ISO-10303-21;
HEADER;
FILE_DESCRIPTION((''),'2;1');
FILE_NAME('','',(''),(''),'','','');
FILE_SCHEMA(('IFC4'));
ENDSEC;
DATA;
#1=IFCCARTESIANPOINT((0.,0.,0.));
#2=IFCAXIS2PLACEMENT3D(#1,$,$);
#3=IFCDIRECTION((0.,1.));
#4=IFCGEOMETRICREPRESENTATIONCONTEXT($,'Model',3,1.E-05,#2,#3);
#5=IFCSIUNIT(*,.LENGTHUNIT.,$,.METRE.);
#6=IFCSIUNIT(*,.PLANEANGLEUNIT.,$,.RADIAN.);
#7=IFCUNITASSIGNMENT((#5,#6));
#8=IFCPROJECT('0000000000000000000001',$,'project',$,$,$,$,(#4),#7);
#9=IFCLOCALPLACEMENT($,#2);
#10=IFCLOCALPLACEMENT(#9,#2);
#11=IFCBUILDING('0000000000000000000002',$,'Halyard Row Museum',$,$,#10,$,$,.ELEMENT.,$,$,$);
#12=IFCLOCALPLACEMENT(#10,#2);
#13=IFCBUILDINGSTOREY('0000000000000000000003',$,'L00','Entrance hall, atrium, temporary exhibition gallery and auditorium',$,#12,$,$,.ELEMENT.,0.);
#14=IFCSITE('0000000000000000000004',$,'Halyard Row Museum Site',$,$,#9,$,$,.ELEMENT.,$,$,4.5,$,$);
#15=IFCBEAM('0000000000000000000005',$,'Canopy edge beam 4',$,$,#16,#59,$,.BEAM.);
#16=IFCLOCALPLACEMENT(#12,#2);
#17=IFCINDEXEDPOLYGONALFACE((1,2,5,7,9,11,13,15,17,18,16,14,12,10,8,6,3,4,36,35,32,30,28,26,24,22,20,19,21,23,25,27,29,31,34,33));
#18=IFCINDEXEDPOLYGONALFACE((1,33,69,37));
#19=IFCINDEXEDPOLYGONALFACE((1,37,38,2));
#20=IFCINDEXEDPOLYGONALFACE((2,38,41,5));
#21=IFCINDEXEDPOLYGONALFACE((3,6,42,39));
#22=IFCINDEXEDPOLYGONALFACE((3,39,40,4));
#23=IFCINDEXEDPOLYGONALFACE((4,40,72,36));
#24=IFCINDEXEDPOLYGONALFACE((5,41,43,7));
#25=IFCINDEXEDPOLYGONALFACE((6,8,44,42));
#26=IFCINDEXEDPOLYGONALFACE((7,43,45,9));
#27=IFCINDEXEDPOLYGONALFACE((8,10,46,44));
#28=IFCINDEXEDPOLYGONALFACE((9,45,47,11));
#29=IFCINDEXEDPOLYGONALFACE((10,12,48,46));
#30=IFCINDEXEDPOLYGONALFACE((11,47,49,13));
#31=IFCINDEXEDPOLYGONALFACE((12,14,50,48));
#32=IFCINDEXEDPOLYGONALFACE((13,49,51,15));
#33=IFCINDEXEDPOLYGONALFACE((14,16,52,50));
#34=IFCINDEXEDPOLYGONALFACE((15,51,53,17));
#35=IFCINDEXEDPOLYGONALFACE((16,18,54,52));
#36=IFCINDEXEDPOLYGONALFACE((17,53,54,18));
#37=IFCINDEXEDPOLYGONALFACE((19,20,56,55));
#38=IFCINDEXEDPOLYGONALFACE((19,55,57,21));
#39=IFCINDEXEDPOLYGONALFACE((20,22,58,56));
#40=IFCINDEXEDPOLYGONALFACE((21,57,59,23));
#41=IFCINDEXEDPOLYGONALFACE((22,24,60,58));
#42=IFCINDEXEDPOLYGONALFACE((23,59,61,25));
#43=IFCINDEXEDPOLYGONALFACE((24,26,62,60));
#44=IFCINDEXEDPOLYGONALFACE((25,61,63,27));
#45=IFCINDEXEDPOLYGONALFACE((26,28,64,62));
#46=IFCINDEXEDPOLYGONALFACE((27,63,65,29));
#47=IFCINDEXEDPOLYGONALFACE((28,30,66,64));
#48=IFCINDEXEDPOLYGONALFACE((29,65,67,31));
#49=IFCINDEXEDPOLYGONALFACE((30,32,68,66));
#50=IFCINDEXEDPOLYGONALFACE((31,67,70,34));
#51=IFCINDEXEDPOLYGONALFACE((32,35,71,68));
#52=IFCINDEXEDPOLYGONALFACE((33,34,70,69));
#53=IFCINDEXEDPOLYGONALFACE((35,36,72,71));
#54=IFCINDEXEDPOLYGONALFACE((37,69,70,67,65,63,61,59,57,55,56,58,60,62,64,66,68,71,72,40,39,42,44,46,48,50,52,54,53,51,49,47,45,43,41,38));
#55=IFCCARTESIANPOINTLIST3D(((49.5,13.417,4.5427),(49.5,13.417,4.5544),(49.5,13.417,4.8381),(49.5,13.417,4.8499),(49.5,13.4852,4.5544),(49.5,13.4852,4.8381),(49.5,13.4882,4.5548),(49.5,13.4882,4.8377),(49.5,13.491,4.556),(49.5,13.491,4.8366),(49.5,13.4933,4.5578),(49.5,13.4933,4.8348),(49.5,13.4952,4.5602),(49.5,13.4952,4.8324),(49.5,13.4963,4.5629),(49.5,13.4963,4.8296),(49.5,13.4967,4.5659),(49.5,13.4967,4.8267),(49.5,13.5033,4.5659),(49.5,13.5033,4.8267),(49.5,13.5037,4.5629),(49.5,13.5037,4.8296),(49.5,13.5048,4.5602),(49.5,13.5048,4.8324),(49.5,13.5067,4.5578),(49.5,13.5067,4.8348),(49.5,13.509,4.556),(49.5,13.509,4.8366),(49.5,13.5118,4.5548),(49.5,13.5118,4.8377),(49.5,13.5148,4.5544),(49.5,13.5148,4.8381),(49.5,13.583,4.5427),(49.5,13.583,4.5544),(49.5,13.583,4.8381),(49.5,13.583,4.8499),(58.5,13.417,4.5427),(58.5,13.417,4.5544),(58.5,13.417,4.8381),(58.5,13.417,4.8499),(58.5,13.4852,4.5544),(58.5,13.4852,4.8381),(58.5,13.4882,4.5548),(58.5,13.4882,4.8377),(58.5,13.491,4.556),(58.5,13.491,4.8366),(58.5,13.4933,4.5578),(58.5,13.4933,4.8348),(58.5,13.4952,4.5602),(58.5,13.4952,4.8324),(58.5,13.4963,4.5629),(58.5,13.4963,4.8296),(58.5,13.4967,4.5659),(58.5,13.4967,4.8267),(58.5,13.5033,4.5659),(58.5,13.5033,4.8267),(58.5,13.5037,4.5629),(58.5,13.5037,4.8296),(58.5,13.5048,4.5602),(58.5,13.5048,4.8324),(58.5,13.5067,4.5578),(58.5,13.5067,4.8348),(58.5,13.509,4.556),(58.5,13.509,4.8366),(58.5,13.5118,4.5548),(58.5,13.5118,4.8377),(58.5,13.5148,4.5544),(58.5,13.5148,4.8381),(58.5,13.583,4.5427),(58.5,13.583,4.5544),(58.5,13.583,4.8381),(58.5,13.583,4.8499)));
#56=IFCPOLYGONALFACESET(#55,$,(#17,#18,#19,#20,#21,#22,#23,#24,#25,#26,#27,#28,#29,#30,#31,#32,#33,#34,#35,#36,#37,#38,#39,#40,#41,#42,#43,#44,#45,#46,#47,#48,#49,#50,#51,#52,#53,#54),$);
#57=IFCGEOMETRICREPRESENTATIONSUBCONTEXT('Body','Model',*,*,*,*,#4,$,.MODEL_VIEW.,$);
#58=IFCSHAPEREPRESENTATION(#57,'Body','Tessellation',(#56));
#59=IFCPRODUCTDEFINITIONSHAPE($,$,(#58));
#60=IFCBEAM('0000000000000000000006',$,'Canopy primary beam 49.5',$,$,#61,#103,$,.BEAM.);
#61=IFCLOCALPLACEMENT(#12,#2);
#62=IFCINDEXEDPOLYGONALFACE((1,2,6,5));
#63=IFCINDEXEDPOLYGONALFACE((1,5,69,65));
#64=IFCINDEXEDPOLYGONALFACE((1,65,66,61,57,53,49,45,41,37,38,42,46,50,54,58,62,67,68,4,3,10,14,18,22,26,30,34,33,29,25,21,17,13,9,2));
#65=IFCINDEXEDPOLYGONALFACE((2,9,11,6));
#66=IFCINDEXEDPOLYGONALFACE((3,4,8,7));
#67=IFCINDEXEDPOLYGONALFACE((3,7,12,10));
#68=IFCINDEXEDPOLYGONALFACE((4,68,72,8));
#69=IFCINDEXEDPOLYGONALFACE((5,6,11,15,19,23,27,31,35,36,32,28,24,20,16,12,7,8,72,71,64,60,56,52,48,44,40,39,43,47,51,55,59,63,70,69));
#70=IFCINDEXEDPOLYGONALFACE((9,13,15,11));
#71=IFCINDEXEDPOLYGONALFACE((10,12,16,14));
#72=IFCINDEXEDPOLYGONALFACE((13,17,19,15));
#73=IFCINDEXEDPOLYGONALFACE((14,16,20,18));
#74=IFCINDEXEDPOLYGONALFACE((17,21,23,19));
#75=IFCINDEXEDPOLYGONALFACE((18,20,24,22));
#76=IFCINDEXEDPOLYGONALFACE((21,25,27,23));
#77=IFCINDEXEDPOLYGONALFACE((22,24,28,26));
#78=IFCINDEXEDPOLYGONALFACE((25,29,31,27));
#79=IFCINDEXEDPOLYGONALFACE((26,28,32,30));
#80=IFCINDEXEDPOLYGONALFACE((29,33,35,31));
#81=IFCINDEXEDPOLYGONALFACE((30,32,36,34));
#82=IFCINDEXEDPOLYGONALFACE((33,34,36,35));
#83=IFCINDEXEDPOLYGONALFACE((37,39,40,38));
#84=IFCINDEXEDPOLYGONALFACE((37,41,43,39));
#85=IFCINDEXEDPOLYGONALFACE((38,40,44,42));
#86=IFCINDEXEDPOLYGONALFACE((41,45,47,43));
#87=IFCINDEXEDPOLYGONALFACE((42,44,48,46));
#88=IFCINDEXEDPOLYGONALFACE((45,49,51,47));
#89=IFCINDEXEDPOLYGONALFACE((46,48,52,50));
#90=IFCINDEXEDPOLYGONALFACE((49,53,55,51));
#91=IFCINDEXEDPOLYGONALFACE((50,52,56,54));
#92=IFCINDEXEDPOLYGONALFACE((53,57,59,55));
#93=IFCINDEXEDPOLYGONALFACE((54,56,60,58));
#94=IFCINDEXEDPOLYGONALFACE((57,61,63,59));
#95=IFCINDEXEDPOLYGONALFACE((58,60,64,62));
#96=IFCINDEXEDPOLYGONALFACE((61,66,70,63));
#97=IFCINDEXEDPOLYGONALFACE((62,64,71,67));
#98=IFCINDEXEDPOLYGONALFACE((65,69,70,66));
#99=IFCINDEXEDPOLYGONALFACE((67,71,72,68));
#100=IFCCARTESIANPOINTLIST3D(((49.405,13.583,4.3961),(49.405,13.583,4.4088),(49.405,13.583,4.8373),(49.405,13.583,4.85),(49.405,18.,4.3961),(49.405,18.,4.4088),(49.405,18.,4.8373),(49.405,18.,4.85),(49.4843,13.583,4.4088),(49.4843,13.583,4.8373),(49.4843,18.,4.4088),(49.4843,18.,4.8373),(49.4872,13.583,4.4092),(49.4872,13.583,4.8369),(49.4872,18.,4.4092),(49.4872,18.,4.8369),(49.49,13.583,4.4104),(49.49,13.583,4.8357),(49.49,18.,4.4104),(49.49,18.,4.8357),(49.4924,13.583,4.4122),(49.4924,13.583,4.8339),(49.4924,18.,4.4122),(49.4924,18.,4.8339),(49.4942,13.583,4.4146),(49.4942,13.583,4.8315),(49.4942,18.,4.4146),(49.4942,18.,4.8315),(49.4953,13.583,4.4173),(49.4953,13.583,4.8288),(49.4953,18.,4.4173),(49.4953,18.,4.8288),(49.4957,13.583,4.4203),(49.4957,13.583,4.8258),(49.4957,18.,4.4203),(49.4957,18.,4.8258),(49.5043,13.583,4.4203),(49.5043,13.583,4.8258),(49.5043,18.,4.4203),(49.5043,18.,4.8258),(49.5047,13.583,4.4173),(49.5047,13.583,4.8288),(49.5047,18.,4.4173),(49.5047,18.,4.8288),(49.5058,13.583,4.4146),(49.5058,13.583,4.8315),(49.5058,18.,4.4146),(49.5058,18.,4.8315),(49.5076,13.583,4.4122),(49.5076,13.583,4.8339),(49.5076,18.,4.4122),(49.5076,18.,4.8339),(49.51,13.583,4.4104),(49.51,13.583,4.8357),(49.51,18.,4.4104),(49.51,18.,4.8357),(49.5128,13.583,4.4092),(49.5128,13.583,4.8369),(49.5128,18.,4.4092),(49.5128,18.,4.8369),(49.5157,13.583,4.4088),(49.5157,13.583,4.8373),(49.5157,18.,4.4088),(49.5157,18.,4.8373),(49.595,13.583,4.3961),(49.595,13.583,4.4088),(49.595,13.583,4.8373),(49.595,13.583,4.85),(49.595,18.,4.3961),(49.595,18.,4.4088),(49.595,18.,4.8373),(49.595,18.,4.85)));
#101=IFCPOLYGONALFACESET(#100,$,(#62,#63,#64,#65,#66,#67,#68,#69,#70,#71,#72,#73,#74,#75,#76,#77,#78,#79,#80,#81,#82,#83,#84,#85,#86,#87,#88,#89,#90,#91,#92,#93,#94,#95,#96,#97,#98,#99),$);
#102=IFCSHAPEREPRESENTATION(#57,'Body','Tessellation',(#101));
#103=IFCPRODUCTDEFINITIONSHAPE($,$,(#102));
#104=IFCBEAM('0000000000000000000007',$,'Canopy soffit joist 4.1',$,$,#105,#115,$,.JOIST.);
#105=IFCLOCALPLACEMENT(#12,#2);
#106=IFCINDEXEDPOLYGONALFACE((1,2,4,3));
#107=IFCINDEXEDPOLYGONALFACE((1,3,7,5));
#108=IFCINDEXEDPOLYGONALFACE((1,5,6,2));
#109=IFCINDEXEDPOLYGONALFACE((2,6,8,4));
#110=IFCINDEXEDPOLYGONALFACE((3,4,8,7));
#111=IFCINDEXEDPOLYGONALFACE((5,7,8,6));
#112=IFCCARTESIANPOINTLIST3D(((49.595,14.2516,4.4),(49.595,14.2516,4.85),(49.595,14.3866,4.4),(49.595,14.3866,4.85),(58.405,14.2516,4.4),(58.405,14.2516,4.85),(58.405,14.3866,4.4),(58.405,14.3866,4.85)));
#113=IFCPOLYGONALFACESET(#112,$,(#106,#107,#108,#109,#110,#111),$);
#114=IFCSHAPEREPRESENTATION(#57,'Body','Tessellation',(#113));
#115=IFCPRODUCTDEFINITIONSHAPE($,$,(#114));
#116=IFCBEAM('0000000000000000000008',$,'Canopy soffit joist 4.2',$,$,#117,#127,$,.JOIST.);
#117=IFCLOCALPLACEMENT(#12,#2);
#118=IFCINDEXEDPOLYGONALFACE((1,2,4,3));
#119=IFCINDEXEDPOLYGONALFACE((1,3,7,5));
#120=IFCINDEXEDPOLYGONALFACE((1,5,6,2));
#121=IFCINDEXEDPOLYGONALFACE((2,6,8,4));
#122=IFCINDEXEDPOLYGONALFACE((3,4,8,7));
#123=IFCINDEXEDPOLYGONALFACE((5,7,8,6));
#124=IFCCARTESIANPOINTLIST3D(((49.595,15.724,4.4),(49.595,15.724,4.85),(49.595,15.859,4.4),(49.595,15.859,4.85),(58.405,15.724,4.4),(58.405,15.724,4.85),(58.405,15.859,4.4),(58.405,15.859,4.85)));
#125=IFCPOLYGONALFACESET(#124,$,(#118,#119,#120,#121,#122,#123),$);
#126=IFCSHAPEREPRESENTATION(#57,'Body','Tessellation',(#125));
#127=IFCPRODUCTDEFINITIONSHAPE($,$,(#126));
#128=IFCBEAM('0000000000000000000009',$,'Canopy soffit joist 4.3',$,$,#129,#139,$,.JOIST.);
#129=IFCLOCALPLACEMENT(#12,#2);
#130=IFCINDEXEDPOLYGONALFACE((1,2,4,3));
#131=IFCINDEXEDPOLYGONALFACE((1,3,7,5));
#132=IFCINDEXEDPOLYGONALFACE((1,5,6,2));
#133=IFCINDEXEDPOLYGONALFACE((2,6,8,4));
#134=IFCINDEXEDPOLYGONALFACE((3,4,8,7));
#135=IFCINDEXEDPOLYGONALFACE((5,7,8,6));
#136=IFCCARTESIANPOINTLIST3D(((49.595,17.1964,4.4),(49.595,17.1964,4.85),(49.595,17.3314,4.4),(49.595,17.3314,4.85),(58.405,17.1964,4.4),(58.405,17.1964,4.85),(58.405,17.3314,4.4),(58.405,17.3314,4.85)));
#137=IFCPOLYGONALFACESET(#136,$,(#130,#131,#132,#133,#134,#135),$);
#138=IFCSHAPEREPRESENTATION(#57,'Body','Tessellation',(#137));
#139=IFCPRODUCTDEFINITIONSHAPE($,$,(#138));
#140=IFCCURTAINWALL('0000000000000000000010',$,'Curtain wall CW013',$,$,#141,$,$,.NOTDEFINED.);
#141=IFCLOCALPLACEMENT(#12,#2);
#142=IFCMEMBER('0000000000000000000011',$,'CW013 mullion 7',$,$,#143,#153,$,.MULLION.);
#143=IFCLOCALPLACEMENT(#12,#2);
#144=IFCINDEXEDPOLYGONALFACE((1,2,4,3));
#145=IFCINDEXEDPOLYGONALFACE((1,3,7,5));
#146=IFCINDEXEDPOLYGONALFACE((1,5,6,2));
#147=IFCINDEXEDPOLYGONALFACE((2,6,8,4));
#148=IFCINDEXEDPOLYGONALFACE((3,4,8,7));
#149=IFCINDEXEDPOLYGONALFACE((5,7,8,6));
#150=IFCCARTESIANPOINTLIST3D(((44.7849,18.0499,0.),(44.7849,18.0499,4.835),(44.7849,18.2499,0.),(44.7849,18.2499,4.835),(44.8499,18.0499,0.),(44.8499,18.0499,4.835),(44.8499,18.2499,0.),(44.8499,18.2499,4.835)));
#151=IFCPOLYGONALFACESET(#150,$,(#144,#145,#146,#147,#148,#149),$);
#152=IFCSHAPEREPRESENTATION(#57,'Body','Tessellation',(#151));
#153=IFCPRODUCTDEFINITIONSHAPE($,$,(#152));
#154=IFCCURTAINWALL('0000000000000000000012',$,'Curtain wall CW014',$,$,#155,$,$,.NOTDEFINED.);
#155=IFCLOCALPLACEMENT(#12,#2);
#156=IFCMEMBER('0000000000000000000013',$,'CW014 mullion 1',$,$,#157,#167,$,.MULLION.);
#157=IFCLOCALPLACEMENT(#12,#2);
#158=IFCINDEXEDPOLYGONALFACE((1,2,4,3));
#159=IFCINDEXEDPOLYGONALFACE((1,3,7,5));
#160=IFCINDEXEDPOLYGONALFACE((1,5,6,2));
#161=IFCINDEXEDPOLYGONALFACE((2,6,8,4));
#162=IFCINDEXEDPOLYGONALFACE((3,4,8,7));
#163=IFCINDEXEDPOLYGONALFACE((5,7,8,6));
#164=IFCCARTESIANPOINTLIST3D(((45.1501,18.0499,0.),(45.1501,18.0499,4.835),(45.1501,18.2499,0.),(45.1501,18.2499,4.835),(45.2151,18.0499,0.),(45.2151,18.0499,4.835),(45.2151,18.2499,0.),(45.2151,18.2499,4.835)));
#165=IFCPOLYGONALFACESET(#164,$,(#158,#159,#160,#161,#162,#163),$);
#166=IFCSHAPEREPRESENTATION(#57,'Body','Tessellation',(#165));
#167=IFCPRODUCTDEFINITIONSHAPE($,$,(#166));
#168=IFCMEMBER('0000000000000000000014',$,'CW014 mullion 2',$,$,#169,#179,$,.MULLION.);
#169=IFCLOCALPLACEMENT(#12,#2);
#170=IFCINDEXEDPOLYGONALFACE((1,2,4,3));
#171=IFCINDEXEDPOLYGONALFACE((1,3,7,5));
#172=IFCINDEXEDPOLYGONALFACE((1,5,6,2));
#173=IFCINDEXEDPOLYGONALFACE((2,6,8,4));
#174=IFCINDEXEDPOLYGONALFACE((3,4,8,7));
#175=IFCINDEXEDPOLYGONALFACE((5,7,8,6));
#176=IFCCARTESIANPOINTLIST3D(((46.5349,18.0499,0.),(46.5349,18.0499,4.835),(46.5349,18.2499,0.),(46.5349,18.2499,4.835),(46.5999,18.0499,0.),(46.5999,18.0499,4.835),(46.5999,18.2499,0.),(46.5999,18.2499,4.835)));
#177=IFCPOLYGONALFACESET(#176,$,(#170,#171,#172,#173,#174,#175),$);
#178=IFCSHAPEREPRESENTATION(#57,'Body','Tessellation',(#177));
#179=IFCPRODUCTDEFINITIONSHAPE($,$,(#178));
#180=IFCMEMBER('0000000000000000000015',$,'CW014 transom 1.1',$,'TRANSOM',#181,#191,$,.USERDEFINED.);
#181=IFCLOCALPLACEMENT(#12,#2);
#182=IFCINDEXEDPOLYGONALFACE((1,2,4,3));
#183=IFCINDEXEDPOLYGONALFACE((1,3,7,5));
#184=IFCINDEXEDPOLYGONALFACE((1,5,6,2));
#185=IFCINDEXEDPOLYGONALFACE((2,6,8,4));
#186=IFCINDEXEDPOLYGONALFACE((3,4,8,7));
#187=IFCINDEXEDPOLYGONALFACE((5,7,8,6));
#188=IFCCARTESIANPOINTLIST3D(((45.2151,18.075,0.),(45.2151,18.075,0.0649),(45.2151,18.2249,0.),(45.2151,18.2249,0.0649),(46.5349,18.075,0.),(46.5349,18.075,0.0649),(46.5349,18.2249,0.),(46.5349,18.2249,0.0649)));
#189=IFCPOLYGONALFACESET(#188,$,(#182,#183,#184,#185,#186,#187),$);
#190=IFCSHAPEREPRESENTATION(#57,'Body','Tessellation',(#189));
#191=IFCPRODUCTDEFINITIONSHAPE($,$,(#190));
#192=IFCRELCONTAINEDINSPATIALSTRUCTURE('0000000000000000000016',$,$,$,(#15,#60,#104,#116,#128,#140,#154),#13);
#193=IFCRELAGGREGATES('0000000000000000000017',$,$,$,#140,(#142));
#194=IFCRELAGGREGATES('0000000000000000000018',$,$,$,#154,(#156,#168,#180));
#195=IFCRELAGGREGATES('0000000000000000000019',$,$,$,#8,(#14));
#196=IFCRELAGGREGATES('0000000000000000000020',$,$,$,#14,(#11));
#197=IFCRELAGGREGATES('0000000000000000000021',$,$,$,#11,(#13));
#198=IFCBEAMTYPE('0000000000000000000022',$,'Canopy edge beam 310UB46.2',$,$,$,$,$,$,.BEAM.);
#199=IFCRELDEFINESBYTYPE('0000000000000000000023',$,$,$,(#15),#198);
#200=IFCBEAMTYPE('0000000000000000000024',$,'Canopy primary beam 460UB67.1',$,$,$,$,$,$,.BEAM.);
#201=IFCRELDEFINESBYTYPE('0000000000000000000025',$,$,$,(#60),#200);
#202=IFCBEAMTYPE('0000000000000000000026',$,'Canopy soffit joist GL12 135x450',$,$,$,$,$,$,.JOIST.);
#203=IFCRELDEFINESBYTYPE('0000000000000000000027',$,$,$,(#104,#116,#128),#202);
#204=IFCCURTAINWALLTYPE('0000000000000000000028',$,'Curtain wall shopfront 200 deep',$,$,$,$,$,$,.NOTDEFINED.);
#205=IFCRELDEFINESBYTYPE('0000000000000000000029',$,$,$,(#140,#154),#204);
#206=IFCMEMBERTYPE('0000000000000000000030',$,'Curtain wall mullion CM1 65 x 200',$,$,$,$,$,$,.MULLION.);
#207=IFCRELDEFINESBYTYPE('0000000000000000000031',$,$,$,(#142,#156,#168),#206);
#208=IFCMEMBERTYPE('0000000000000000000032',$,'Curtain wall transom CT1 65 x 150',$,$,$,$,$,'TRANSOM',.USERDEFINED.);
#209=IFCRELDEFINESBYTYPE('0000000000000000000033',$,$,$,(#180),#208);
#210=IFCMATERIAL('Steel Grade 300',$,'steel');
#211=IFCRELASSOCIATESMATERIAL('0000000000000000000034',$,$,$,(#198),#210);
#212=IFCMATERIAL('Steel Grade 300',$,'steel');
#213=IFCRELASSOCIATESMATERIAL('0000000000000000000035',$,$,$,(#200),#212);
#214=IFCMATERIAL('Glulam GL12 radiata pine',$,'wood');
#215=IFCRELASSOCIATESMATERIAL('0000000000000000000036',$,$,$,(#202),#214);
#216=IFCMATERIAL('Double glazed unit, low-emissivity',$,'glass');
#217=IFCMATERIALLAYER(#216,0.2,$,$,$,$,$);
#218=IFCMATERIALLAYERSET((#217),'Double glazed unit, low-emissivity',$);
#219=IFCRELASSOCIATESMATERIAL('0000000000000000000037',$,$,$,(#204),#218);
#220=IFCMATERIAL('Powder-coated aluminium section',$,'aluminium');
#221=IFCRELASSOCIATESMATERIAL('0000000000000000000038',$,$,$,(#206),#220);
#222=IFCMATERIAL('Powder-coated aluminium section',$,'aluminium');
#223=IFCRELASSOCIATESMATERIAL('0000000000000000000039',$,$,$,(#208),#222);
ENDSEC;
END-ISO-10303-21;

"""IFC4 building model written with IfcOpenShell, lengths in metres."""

from ifc_helpers import new_model, si_unit, direction, frame, origin, origin_2d, place, context, subcontext, project, spatial, rectangle, i_section, extrude, material, layer, layer_set, material_profile, profile_set, type_object, element, aggregate, save


model = new_model("IFC4")

# Units and contexts
model_context = context("Model", 3, precision=1e-05, world=origin(), true_north=direction((0.0, 1.0)))
body_context = subcontext(model_context, "Body", "Model", "MODEL_VIEW")
ifc_project = project(units=[si_unit("LENGTHUNIT", "METRE"), si_unit("PLANEANGLEUNIT", "RADIAN")], contexts=[model_context])

# Site, building, storey
site_placement = place(None, origin())
site = spatial("IfcSite", under=ifc_project, at=site_placement, Name="Halyard Row Museum Site", CompositionType="ELEMENT", RefElevation=4.5)
building_placement = place(site_placement, origin())
building = spatial("IfcBuilding", under=site, at=building_placement, Name="Halyard Row Museum", CompositionType="ELEMENT")
storey_placement = place(building_placement, origin())
storey = spatial("IfcBuildingStorey", under=building, at=storey_placement, Name="L00", Description="Entrance hall, atrium, temporary exhibition gallery and auditorium", CompositionType="ELEMENT", Elevation=0.0)

# Beams
ifc_material_1 = material(Name="Steel Grade 300", Category="steel")
ifc_material_profile_1 = material_profile(ifc_material_1, i_section(OverallWidth=0.166, OverallDepth=0.3071, WebThickness=0.0066, FlangeThickness=0.0117, FilletRadius=0.0115, at=origin_2d()), Name="310UB46.2")
ifc_profile_set_1 = profile_set([ifc_material_profile_1], Name="Steel Grade 300")
beam_type_1 = type_object("IfcBeamType", Name="Canopy edge beam 310UB46.2", PredefinedType="BEAM", material=ifc_profile_set_1)
beam_1_placement = place(storey_placement, frame((49.5, 13.5, 4.6963), z_axis=(1.0, 0.0, 0.0), x_axis=(0.0, 1.0, 0.0)))
element("IfcBeam", 1, at=beam_1_placement, inside=storey, type_object=beam_type_1, Name="Canopy edge beam 4", PredefinedType="BEAM", context=body_context, shape_type="SweptSolid", body=[
    extrude(i_section(OverallWidth=0.166, OverallDepth=0.3071, WebThickness=0.0066, FlangeThickness=0.0117, FilletRadius=0.0115, at=origin_2d()), origin(), (0.0, 0.0, 1.0), 9.0),
])
ifc_material_2 = material(Name="Steel Grade 300", Category="steel")
ifc_material_profile_2 = material_profile(ifc_material_2, i_section(OverallWidth=0.1899, OverallDepth=0.4539, WebThickness=0.0085, FlangeThickness=0.0127, FilletRadius=0.0115, at=origin_2d()), Name="460UB67.1")
ifc_profile_set_2 = profile_set([ifc_material_profile_2], Name="Steel Grade 300")
beam_type_2 = type_object("IfcBeamType", Name="Canopy primary beam 460UB67.1", PredefinedType="BEAM", material=ifc_profile_set_2)
beam_2_placement = place(storey_placement, frame((49.5, 13.583, 4.623), z_axis=(0.0, 1.0, 0.0), x_axis=(-1.0, 0.0, 0.0)))
element("IfcBeam", 2, at=beam_2_placement, inside=storey, type_object=beam_type_2, Name="Canopy primary beam 49.5", PredefinedType="BEAM", context=body_context, shape_type="SweptSolid", body=[
    extrude(i_section(OverallWidth=0.1899, OverallDepth=0.4539, WebThickness=0.0085, FlangeThickness=0.0127, FilletRadius=0.0115, at=origin_2d()), origin(), (0.0, 0.0, 1.0), 4.417),
])
ifc_material_3 = material(Name="Glulam GL12 radiata pine", Category="wood")
ifc_material_profile_3 = material_profile(ifc_material_3, rectangle(XDim=0.135, YDim=0.45, at=origin_2d()), Name="GL12 135x450")
ifc_profile_set_3 = profile_set([ifc_material_profile_3], Name="Glulam GL12 radiata pine")
beam_type_3 = type_object("IfcBeamType", Name="Canopy soffit joist GL12 135x450", PredefinedType="JOIST", material=ifc_profile_set_3)
for number, where, z_axis, x_axis, name in (
    (3, (49.595, 14.3191, 4.625), (1.0, 0.0, 0.0), (0.0, 1.0, 0.0), "Canopy soffit joist 4.1"),
    (4, (49.595, 15.7915, 4.625), (1.0, 0.0, 0.0), (0.0, 1.0, 0.0), "Canopy soffit joist 4.2"),
    (5, (49.595, 17.2639, 4.625), (1.0, 0.0, 0.0), (0.0, 1.0, 0.0), "Canopy soffit joist 4.3"),
):
    element("IfcBeam", number, at=place(storey_placement, frame(where, z_axis=z_axis, x_axis=x_axis)), inside=storey, type_object=beam_type_3, Name=name, PredefinedType="JOIST", context=body_context, shape_type="SweptSolid", body=[
        extrude(rectangle(XDim=0.135, YDim=0.45, at=origin_2d()), origin(), (0.0, 0.0, 1.0), 8.8101),
    ])

# Curtain wall, member
ifc_material_4 = material(Name="Double glazed unit, low-emissivity", Category="glass")
ifc_layer_1 = layer(ifc_material_4, 0.2)
ifc_layer_set_1 = layer_set([ifc_layer_1], Name="Double glazed unit, low-emissivity")
curtain_wall_type = type_object("IfcCurtainWallType", Name="Curtain wall shopfront 200 deep", PredefinedType="NOTDEFINED", material=ifc_layer_set_1)
curtain_wall_1_placement = place(storey_placement, origin())
curtain_wall_1 = element("IfcCurtainWall", 6, at=curtain_wall_1_placement, inside=storey, type_object=curtain_wall_type, Name="Curtain wall CW013", PredefinedType="NOTDEFINED")
ifc_material_5 = material(Name="Powder-coated aluminium section", Category="aluminium")
ifc_material_profile_4 = material_profile(ifc_material_5, rectangle(XDim=0.2, YDim=0.0649, at=origin_2d()), Name="200x65 mullion")
ifc_profile_set_4 = profile_set([ifc_material_profile_4], Name="Powder-coated aluminium section")
member_type_1 = type_object("IfcMemberType", Name="Curtain wall mullion CM1 65 x 200", PredefinedType="MULLION", material=ifc_profile_set_4)
member_1_placement = place(storey_placement, frame((44.8174, 18.1499, 0.0), z_axis=(0.0, 0.0, 1.0), x_axis=(0.0, 1.0, 0.0)))
member_1 = element("IfcMember", 7, at=member_1_placement, type_object=member_type_1, Name="CW013 mullion 7", PredefinedType="MULLION", context=body_context, shape_type="SweptSolid", body=[
    extrude(rectangle(XDim=0.2, YDim=0.0649, at=origin_2d()), origin(), (0.0, 0.0, 1.0), 4.835),
])

# Curtain wall, members
curtain_wall_2_placement = place(storey_placement, origin())
curtain_wall_2 = element("IfcCurtainWall", 8, at=curtain_wall_2_placement, inside=storey, type_object=curtain_wall_type, Name="Curtain wall CW014", PredefinedType="NOTDEFINED")
member_2_placement = place(storey_placement, frame((45.1826, 18.1499, 0.0), z_axis=(0.0, 0.0, 1.0), x_axis=(0.0, 1.0, 0.0)))
member_2 = element("IfcMember", 9, at=member_2_placement, type_object=member_type_1, Name="CW014 mullion 1", PredefinedType="MULLION", context=body_context, shape_type="SweptSolid", body=[
    extrude(rectangle(XDim=0.2, YDim=0.0649, at=origin_2d()), origin(), (0.0, 0.0, 1.0), 4.835),
])
member_3_placement = place(storey_placement, frame((46.5674, 18.1499, 0.0), z_axis=(0.0, 0.0, 1.0), x_axis=(0.0, 1.0, 0.0)))
member_3 = element("IfcMember", 10, at=member_3_placement, type_object=member_type_1, Name="CW014 mullion 2", PredefinedType="MULLION", context=body_context, shape_type="SweptSolid", body=[
    extrude(rectangle(XDim=0.2, YDim=0.0649, at=origin_2d()), origin(), (0.0, 0.0, 1.0), 4.835),
])
ifc_material_6 = material(Name="Powder-coated aluminium section", Category="aluminium")
ifc_material_profile_5 = material_profile(ifc_material_6, rectangle(XDim=0.1499, YDim=0.0649, at=origin_2d()), Name="150x65 transom")
ifc_profile_set_5 = profile_set([ifc_material_profile_5], Name="Powder-coated aluminium section")
member_type_2 = type_object("IfcMemberType", Name="Curtain wall transom CT1 65 x 150", ElementType="TRANSOM", PredefinedType="USERDEFINED", material=ifc_profile_set_5)
member_4_placement = place(storey_placement, frame((45.2151, 18.1499, 0.0325), z_axis=(1.0, 0.0, 0.0), x_axis=(0.0, 1.0, 0.0)))
member_4 = element("IfcMember", 11, at=member_4_placement, type_object=member_type_2, Name="CW014 transom 1.1", ObjectType="TRANSOM", PredefinedType="USERDEFINED", context=body_context, shape_type="SweptSolid", body=[
    extrude(rectangle(XDim=0.1499, YDim=0.0649, at=origin_2d()), origin(), (0.0, 0.0, 1.0), 1.3198),
])

aggregate(curtain_wall_1, [member_1])
aggregate(curtain_wall_2, [member_2, member_3, member_4])

save(model, "model.ifc")
